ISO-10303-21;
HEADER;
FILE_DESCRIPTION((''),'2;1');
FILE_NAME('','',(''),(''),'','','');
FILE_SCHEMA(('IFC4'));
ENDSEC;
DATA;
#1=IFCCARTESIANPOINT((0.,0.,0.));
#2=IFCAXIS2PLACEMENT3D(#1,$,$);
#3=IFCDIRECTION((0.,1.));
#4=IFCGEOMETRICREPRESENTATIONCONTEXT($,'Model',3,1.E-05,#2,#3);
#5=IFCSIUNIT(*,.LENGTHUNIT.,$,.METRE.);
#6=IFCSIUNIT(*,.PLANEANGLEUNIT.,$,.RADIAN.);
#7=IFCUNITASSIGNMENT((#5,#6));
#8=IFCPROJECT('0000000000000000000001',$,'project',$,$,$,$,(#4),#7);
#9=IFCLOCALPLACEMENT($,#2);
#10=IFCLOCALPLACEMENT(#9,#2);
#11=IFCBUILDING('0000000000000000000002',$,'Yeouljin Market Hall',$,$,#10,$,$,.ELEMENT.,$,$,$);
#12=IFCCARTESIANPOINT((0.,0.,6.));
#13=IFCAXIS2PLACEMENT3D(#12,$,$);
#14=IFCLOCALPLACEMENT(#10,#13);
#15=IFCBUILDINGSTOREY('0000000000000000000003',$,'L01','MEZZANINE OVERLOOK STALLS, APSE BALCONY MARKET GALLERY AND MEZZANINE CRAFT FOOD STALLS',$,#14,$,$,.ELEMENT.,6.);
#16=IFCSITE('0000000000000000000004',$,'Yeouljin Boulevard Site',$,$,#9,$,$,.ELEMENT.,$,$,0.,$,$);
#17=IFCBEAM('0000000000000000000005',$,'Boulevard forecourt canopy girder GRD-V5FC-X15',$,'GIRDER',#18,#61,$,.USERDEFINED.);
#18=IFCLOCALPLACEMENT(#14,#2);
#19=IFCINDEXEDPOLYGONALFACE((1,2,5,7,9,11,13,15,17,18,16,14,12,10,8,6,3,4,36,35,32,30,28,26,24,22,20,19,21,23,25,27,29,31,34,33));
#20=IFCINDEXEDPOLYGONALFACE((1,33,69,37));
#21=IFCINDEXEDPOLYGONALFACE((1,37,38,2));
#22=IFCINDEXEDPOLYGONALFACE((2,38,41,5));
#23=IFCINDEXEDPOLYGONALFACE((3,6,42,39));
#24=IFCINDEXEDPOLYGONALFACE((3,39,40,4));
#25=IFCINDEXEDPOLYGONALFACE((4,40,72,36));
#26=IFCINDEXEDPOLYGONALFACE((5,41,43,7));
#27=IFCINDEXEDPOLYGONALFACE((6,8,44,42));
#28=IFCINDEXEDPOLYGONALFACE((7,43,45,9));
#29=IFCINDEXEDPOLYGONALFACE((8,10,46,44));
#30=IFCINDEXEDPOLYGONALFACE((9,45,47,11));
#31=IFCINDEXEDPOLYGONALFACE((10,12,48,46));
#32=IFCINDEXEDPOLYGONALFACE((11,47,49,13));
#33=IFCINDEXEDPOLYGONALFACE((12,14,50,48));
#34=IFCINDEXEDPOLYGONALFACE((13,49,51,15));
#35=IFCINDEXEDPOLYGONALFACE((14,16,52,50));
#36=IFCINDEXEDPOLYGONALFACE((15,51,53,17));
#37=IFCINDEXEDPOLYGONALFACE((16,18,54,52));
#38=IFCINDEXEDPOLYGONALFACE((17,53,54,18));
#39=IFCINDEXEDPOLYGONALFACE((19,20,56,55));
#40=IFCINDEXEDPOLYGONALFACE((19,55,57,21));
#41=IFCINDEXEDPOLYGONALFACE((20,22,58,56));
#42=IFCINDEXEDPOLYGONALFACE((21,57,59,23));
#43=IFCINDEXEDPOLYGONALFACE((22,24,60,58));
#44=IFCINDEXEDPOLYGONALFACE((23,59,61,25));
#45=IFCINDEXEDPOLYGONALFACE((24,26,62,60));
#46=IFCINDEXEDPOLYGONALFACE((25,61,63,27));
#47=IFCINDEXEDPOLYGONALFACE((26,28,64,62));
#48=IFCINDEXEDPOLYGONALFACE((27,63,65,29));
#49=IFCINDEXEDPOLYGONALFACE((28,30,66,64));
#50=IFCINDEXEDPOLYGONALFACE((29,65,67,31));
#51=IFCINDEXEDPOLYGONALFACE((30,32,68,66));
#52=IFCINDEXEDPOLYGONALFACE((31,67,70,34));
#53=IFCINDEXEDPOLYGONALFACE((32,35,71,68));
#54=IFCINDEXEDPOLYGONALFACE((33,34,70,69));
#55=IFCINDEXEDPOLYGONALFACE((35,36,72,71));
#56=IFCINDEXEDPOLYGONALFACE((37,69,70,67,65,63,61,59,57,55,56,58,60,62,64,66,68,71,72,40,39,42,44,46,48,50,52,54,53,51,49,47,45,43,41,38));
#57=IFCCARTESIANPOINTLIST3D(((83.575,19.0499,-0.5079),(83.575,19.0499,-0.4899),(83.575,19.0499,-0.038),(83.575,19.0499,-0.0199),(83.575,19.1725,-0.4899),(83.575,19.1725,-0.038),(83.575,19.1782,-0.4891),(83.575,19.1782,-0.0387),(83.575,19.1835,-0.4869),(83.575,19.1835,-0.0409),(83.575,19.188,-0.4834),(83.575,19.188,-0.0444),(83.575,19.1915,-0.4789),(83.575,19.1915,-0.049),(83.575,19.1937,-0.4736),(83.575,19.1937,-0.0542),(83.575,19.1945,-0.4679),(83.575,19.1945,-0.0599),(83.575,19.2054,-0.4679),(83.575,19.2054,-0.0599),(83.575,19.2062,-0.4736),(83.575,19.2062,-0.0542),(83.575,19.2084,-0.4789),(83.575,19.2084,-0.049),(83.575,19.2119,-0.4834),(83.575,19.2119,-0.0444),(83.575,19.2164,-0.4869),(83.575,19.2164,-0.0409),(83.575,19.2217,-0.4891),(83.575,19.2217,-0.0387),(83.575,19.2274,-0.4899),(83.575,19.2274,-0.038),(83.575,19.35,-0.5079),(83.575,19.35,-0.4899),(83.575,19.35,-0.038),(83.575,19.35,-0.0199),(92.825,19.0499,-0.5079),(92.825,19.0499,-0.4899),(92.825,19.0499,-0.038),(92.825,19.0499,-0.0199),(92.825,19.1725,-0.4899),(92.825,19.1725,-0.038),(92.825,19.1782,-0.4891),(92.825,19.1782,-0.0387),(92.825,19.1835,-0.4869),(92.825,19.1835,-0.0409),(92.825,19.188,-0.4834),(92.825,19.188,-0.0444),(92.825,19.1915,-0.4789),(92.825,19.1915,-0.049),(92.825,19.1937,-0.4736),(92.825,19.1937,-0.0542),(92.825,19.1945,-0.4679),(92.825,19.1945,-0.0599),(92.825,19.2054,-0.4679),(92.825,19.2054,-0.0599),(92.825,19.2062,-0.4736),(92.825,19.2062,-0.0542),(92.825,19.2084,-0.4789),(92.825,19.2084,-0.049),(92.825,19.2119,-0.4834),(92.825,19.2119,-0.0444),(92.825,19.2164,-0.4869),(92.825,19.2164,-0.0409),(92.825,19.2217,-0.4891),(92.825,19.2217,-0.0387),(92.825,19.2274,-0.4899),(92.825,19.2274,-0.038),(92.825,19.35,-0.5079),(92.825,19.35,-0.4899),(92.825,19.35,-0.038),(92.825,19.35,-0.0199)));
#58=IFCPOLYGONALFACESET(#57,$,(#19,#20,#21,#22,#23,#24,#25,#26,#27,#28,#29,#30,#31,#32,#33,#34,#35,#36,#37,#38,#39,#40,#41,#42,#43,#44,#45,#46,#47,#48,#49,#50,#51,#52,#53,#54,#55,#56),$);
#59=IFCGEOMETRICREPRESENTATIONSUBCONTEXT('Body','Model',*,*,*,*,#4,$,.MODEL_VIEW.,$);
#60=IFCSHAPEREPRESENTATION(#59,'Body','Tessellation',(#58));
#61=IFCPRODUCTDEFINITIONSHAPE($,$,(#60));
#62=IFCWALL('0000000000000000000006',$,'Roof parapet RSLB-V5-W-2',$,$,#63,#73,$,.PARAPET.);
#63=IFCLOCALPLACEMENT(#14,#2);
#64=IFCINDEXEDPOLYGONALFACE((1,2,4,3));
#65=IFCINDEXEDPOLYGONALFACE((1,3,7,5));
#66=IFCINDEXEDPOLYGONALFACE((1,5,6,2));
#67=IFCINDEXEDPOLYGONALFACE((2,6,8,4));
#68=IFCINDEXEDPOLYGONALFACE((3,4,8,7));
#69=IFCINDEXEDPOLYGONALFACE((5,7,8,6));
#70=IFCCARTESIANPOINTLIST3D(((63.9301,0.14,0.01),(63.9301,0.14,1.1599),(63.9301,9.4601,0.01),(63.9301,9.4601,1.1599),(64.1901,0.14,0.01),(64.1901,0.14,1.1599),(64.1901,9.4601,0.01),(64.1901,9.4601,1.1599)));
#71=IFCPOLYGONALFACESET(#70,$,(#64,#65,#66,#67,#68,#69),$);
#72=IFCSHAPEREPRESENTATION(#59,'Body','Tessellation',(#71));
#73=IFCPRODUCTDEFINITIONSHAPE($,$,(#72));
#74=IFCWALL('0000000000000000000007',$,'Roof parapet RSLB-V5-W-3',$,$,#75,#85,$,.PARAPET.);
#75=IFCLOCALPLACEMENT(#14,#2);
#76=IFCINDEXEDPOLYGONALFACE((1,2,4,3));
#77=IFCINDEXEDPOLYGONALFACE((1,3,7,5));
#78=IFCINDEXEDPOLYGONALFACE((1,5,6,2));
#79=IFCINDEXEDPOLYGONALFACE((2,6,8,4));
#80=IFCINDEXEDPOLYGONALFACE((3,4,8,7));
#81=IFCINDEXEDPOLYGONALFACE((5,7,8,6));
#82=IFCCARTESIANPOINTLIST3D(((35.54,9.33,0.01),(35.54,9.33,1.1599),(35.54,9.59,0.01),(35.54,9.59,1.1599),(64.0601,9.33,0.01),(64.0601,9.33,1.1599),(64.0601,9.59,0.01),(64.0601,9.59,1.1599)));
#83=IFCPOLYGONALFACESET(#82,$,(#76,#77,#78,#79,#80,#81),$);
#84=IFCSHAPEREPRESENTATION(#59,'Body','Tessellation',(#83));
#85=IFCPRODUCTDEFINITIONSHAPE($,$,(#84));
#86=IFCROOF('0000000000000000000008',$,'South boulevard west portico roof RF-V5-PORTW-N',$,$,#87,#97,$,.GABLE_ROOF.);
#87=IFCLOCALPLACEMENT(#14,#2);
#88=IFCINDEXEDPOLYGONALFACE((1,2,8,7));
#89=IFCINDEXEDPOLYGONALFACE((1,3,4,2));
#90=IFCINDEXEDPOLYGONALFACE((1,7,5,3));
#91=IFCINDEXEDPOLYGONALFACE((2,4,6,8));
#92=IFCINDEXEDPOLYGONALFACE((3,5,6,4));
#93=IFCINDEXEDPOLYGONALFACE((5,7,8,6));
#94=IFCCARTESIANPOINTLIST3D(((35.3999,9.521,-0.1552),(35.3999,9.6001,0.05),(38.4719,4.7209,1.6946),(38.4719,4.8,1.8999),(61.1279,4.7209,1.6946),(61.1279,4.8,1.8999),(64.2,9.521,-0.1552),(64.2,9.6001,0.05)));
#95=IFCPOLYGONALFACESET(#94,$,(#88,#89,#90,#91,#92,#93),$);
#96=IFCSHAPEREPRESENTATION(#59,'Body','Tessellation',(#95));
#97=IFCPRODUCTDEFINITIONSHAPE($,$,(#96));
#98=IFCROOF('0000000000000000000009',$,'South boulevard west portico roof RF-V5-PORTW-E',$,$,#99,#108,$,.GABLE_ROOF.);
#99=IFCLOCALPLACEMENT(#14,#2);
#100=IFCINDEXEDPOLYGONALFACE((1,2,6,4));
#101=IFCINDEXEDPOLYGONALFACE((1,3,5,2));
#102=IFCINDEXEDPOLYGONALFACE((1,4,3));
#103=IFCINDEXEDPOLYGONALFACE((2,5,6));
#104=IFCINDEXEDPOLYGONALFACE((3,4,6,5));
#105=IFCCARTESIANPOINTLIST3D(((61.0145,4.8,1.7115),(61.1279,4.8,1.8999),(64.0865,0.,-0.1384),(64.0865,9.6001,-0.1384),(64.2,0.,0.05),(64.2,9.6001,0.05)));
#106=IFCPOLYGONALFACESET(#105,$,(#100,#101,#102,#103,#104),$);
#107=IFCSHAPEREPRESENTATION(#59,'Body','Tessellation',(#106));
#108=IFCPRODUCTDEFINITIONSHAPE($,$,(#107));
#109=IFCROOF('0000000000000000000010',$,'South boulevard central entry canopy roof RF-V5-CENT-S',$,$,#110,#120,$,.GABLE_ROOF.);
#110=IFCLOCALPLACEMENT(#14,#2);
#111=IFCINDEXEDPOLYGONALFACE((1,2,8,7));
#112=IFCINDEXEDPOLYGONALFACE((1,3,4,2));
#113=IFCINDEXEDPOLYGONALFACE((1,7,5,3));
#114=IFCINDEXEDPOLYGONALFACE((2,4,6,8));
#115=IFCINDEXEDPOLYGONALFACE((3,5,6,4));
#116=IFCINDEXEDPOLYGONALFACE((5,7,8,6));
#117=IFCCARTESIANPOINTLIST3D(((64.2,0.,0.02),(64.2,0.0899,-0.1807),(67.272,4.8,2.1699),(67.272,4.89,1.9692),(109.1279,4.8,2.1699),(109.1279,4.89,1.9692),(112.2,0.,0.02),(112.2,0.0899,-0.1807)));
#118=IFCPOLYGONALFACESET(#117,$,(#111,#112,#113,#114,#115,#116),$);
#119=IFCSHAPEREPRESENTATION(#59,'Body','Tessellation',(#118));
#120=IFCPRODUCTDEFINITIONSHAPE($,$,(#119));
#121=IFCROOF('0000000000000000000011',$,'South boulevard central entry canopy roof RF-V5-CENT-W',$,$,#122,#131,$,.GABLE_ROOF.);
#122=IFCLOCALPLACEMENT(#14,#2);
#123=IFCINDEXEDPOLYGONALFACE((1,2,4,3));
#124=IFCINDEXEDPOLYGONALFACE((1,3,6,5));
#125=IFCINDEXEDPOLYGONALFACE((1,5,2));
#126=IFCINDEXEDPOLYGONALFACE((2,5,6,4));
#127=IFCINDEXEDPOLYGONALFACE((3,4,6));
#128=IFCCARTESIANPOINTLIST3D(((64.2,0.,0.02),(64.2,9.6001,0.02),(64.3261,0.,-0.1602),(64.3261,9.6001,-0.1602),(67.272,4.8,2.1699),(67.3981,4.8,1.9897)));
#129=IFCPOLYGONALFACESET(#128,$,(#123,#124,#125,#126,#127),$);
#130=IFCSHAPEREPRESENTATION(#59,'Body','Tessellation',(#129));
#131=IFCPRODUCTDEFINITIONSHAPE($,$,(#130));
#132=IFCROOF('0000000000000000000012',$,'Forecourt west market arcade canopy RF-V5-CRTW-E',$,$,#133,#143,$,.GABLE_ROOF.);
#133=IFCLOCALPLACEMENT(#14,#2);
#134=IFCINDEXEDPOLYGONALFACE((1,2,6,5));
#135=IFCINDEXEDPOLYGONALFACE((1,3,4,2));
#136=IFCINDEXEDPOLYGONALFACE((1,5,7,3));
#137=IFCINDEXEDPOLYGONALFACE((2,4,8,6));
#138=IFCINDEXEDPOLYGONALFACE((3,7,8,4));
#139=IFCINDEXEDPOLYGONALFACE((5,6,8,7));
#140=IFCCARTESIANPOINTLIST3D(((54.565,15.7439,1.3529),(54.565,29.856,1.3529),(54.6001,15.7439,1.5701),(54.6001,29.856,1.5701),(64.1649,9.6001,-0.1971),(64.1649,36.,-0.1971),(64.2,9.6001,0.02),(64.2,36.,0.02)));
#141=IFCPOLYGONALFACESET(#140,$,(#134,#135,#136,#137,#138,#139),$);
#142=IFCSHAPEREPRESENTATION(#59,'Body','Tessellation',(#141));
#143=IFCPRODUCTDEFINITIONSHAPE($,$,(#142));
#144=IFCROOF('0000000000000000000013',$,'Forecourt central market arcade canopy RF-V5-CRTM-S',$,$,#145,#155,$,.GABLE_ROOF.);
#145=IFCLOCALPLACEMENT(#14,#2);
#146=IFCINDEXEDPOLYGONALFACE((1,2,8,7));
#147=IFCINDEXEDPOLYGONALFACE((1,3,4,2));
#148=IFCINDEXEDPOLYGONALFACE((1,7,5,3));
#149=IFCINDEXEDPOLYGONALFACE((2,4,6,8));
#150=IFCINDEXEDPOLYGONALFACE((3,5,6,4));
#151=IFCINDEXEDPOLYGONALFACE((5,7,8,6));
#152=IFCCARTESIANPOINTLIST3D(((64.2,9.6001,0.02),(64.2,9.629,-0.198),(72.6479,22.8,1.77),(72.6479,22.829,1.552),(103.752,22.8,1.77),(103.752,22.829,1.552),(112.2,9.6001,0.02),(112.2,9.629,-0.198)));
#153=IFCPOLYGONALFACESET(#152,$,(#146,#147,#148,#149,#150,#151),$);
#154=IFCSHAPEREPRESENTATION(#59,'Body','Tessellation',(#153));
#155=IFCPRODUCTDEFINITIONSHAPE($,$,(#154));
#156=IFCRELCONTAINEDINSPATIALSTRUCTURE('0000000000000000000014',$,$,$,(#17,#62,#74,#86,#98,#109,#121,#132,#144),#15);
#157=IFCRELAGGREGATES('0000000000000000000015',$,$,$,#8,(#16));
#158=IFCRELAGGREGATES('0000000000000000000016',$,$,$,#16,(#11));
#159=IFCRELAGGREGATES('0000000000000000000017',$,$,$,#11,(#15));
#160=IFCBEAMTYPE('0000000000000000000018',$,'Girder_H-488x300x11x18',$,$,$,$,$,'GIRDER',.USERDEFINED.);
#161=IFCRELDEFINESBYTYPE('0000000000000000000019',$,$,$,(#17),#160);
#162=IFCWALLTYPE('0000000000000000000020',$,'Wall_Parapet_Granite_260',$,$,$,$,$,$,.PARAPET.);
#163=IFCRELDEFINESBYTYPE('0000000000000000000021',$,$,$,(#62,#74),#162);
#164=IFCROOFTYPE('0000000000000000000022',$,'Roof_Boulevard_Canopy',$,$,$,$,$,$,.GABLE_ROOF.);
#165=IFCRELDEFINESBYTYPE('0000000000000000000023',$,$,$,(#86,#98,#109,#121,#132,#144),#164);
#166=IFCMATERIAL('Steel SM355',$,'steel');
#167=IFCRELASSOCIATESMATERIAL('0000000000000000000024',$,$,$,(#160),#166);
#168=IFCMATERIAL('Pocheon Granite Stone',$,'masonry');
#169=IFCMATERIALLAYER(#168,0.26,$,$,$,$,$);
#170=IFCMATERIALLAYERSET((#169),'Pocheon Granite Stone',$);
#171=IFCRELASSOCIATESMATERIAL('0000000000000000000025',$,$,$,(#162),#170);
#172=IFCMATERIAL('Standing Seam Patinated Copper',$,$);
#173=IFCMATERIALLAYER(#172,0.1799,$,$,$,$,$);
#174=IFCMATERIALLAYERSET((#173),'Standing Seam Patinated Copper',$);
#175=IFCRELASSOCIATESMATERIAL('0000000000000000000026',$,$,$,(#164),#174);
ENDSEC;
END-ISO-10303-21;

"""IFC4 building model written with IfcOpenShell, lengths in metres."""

from ifc_helpers import new_model, si_unit, direction, frame, frame_2d, origin, origin_2d, place, context, subcontext, project, spatial, polyline, rectangle, i_section, outline, extrude, material, layer, layer_set, material_profile, profile_set, type_object, element, save


model = new_model("IFC4")

# Units and contexts
model_context = context("Model", 3, precision=1e-05, world=origin(), true_north=direction((0.0, 1.0)))
body_context = subcontext(model_context, "Body", "Model", "MODEL_VIEW")
ifc_project = project(units=[si_unit("LENGTHUNIT", "METRE"), si_unit("PLANEANGLEUNIT", "RADIAN")], contexts=[model_context])

# Site, building, storey
site_placement = place(None, origin())
site = spatial("IfcSite", under=ifc_project, at=site_placement, Name="Yeouljin Boulevard Site", CompositionType="ELEMENT", RefElevation=0.0)
building_placement = place(site_placement, origin())
building = spatial("IfcBuilding", under=site, at=building_placement, Name="Yeouljin Market Hall", CompositionType="ELEMENT")
storey_placement = place(building_placement, frame((0.0, 0.0, 6.0)))
storey = spatial("IfcBuildingStorey", under=building, at=storey_placement, Name="L01", Description="MEZZANINE OVERLOOK STALLS, APSE BALCONY MARKET GALLERY AND MEZZANINE CRAFT FOOD STALLS", CompositionType="ELEMENT", Elevation=6.0)

# Beam
ifc_material_1 = material(Name="Steel SM355", Category="steel")
ifc_material_profile_1 = material_profile(ifc_material_1, i_section(OverallWidth=0.3, OverallDepth=0.488, WebThickness=0.011, FlangeThickness=0.0181, FilletRadius=0.022, at=origin_2d()), Name="H-488x300x11x18")
ifc_profile_set_1 = profile_set([ifc_material_profile_1], Name="Steel SM355")
beam_type_1 = type_object("IfcBeamType", Name="Girder_H-488x300x11x18", ElementType="GIRDER", PredefinedType="USERDEFINED", material=ifc_profile_set_1)
for number, where, z_axis, x_axis, name in (
    (1, (83.575, 19.2, -0.2639), (1.0, 0.0, 0.0), (0.0, 1.0, 0.0), "Boulevard forecourt canopy girder GRD-V5FC-X15"),
):
    element("IfcBeam", number, at=place(storey_placement, frame(where, z_axis=z_axis, x_axis=x_axis)), inside=storey, type_object=beam_type_1, Name=name, ObjectType="GIRDER", PredefinedType="USERDEFINED", context=body_context, shape_type="SweptSolid", body=[
        extrude(i_section(OverallWidth=0.3, OverallDepth=0.488, WebThickness=0.011, FlangeThickness=0.0181, FilletRadius=0.022, at=origin_2d()), origin(), (0.0, 0.0, 1.0), 9.25),
    ])

# Walls
ifc_material_2 = material(Name="Pocheon Granite Stone", Category="masonry")
ifc_layer_1 = layer(ifc_material_2, 0.26)
ifc_layer_set_1 = layer_set([ifc_layer_1], Name="Pocheon Granite Stone")
wall_type = type_object("IfcWallType", Name="Wall_Parapet_Granite_260", PredefinedType="PARAPET", material=ifc_layer_set_1)
wall_1_placement = place(storey_placement, frame((64.0601, 0.1399, 0.01), z_axis=(0.0, 0.0, 1.0), x_axis=(0.0, 1.0, 0.0)))
element("IfcWall", 2, at=wall_1_placement, inside=storey, type_object=wall_type, Name="Roof parapet RSLB-V5-W-2", PredefinedType="PARAPET", context=body_context, shape_type="SweptSolid", body=[
    extrude(rectangle(XDim=9.3201, YDim=0.26, at=frame_2d((4.6602, 0.0))), origin(), (0.0, 0.0, 1.0), 1.1499),
])
wall_2_placement = place(storey_placement, frame((64.0601, 9.46, 0.01), z_axis=(0.0, 0.0, 1.0), x_axis=(-1.0, 0.0, 0.0)))
element("IfcWall", 3, at=wall_2_placement, inside=storey, type_object=wall_type, Name="Roof parapet RSLB-V5-W-3", PredefinedType="PARAPET", context=body_context, shape_type="SweptSolid", body=[
    extrude(rectangle(XDim=28.52, YDim=0.26, at=frame_2d((14.26, 0.0))), origin(), (0.0, 0.0, 1.0), 1.1499),
])

# Roofs
ifc_material_3 = material(Name="Standing Seam Patinated Copper")
ifc_layer_2 = layer(ifc_material_3, 0.1799)
ifc_layer_set_2 = layer_set([ifc_layer_2], Name="Standing Seam Patinated Copper")
roof_type = type_object("IfcRoofType", Name="Roof_Boulevard_Canopy", PredefinedType="GABLE_ROOF", material=ifc_layer_set_2)
roof_1_placement = place(storey_placement, frame((64.2, 9.6001, 0.05), z_axis=(0.0, 0.359602, 0.933106), x_axis=(-1.0, 0.0, 0.0)))
element("IfcRoof", 4, at=roof_1_placement, inside=storey, type_object=roof_type, Name="South boulevard west portico roof RF-V5-PORTW-N", PredefinedType="GABLE_ROOF", context=body_context, shape_type="SweptSolid", body=[
    extrude(outline(polyline([(0.0, 0.0), (28.8, 0.0), (25.728, 5.1442), (3.072, 5.1442), (0.0, 0.0)])), origin(), (0.0, 0.0, -1.0), 0.22),
])
roof_2_placement = place(storey_placement, frame((64.2, 0.0, 0.05), z_axis=(0.515857, 0.0, 0.856675), x_axis=(0.0, 1.0, 0.0)))
element("IfcRoof", 5, at=roof_2_placement, inside=storey, type_object=roof_type, Name="South boulevard west portico roof RF-V5-PORTW-E", PredefinedType="GABLE_ROOF", context=body_context, shape_type="SweptSolid", body=[
    extrude(outline(polyline([(0.0, 0.0), (9.6001, 0.0), (4.8, 3.586), (0.0, 0.0)])), origin(), (0.0, 0.0, -1.0), 0.22),
])
roof_3_placement = place(storey_placement, frame((64.2, 0.0, 0.02), z_axis=(0.0, -0.408764, 0.91264), x_axis=(1.0, 0.0, 0.0)))
element("IfcRoof", 6, at=roof_3_placement, inside=storey, type_object=roof_type, Name="South boulevard central entry canopy roof RF-V5-CENT-S", PredefinedType="GABLE_ROOF", context=body_context, shape_type="SweptSolid", body=[
    extrude(outline(polyline([(0.0, 0.0), (48.0, 0.0), (44.928, 5.2595), (3.072, 5.2595), (0.0, 0.0)])), origin(), (0.0, 0.0, -1.0), 0.22),
])
roof_4_placement = place(storey_placement, frame((64.2, 9.6001, 0.02), z_axis=(-0.573371, 0.0, 0.819296), x_axis=(0.0, -1.0, 0.0)))
element("IfcRoof", 7, at=roof_4_placement, inside=storey, type_object=roof_type, Name="South boulevard central entry canopy roof RF-V5-CENT-W", PredefinedType="GABLE_ROOF", context=body_context, shape_type="SweptSolid", body=[
    extrude(outline(polyline([(0.0, 0.0), (9.6001, 0.0), (4.8, 3.7496), (0.0, 0.0)])), origin(), (0.0, 0.0, -1.0), 0.22),
])
roof_5_placement = place(storey_placement, frame((64.2, 9.6001, 0.02), z_axis=(0.159401, 0.0, 0.987214), x_axis=(0.0, 1.0, 0.0)))
element("IfcRoof", 8, at=roof_5_placement, inside=storey, type_object=roof_type, Name="Forecourt west market arcade canopy RF-V5-CRTW-E", PredefinedType="GABLE_ROOF", context=body_context, shape_type="SweptSolid", body=[
    extrude(outline(polyline([(0.0, 0.0), (26.3999, 0.0), (20.2559, 9.7242), (6.1438, 9.7242), (0.0, 0.0)])), origin(), (0.0, 0.0, -1.0), 0.22),
])
roof_6_placement = place(storey_placement, frame((64.2, 9.6001, 0.02), z_axis=(0.0, -0.131426, 0.991326), x_axis=(1.0, 0.0, 0.0)))
element("IfcRoof", 9, at=roof_6_placement, inside=storey, type_object=roof_type, Name="Forecourt central market arcade canopy RF-V5-CRTM-S", PredefinedType="GABLE_ROOF", context=body_context, shape_type="SweptSolid", body=[
    extrude(outline(polyline([(0.0, 0.0), (48.0, 0.0), (39.552, 13.3155), (8.448, 13.3155), (0.0, 0.0)])), origin(), (0.0, 0.0, -1.0), 0.22),
])

save(model, "model.ifc")
